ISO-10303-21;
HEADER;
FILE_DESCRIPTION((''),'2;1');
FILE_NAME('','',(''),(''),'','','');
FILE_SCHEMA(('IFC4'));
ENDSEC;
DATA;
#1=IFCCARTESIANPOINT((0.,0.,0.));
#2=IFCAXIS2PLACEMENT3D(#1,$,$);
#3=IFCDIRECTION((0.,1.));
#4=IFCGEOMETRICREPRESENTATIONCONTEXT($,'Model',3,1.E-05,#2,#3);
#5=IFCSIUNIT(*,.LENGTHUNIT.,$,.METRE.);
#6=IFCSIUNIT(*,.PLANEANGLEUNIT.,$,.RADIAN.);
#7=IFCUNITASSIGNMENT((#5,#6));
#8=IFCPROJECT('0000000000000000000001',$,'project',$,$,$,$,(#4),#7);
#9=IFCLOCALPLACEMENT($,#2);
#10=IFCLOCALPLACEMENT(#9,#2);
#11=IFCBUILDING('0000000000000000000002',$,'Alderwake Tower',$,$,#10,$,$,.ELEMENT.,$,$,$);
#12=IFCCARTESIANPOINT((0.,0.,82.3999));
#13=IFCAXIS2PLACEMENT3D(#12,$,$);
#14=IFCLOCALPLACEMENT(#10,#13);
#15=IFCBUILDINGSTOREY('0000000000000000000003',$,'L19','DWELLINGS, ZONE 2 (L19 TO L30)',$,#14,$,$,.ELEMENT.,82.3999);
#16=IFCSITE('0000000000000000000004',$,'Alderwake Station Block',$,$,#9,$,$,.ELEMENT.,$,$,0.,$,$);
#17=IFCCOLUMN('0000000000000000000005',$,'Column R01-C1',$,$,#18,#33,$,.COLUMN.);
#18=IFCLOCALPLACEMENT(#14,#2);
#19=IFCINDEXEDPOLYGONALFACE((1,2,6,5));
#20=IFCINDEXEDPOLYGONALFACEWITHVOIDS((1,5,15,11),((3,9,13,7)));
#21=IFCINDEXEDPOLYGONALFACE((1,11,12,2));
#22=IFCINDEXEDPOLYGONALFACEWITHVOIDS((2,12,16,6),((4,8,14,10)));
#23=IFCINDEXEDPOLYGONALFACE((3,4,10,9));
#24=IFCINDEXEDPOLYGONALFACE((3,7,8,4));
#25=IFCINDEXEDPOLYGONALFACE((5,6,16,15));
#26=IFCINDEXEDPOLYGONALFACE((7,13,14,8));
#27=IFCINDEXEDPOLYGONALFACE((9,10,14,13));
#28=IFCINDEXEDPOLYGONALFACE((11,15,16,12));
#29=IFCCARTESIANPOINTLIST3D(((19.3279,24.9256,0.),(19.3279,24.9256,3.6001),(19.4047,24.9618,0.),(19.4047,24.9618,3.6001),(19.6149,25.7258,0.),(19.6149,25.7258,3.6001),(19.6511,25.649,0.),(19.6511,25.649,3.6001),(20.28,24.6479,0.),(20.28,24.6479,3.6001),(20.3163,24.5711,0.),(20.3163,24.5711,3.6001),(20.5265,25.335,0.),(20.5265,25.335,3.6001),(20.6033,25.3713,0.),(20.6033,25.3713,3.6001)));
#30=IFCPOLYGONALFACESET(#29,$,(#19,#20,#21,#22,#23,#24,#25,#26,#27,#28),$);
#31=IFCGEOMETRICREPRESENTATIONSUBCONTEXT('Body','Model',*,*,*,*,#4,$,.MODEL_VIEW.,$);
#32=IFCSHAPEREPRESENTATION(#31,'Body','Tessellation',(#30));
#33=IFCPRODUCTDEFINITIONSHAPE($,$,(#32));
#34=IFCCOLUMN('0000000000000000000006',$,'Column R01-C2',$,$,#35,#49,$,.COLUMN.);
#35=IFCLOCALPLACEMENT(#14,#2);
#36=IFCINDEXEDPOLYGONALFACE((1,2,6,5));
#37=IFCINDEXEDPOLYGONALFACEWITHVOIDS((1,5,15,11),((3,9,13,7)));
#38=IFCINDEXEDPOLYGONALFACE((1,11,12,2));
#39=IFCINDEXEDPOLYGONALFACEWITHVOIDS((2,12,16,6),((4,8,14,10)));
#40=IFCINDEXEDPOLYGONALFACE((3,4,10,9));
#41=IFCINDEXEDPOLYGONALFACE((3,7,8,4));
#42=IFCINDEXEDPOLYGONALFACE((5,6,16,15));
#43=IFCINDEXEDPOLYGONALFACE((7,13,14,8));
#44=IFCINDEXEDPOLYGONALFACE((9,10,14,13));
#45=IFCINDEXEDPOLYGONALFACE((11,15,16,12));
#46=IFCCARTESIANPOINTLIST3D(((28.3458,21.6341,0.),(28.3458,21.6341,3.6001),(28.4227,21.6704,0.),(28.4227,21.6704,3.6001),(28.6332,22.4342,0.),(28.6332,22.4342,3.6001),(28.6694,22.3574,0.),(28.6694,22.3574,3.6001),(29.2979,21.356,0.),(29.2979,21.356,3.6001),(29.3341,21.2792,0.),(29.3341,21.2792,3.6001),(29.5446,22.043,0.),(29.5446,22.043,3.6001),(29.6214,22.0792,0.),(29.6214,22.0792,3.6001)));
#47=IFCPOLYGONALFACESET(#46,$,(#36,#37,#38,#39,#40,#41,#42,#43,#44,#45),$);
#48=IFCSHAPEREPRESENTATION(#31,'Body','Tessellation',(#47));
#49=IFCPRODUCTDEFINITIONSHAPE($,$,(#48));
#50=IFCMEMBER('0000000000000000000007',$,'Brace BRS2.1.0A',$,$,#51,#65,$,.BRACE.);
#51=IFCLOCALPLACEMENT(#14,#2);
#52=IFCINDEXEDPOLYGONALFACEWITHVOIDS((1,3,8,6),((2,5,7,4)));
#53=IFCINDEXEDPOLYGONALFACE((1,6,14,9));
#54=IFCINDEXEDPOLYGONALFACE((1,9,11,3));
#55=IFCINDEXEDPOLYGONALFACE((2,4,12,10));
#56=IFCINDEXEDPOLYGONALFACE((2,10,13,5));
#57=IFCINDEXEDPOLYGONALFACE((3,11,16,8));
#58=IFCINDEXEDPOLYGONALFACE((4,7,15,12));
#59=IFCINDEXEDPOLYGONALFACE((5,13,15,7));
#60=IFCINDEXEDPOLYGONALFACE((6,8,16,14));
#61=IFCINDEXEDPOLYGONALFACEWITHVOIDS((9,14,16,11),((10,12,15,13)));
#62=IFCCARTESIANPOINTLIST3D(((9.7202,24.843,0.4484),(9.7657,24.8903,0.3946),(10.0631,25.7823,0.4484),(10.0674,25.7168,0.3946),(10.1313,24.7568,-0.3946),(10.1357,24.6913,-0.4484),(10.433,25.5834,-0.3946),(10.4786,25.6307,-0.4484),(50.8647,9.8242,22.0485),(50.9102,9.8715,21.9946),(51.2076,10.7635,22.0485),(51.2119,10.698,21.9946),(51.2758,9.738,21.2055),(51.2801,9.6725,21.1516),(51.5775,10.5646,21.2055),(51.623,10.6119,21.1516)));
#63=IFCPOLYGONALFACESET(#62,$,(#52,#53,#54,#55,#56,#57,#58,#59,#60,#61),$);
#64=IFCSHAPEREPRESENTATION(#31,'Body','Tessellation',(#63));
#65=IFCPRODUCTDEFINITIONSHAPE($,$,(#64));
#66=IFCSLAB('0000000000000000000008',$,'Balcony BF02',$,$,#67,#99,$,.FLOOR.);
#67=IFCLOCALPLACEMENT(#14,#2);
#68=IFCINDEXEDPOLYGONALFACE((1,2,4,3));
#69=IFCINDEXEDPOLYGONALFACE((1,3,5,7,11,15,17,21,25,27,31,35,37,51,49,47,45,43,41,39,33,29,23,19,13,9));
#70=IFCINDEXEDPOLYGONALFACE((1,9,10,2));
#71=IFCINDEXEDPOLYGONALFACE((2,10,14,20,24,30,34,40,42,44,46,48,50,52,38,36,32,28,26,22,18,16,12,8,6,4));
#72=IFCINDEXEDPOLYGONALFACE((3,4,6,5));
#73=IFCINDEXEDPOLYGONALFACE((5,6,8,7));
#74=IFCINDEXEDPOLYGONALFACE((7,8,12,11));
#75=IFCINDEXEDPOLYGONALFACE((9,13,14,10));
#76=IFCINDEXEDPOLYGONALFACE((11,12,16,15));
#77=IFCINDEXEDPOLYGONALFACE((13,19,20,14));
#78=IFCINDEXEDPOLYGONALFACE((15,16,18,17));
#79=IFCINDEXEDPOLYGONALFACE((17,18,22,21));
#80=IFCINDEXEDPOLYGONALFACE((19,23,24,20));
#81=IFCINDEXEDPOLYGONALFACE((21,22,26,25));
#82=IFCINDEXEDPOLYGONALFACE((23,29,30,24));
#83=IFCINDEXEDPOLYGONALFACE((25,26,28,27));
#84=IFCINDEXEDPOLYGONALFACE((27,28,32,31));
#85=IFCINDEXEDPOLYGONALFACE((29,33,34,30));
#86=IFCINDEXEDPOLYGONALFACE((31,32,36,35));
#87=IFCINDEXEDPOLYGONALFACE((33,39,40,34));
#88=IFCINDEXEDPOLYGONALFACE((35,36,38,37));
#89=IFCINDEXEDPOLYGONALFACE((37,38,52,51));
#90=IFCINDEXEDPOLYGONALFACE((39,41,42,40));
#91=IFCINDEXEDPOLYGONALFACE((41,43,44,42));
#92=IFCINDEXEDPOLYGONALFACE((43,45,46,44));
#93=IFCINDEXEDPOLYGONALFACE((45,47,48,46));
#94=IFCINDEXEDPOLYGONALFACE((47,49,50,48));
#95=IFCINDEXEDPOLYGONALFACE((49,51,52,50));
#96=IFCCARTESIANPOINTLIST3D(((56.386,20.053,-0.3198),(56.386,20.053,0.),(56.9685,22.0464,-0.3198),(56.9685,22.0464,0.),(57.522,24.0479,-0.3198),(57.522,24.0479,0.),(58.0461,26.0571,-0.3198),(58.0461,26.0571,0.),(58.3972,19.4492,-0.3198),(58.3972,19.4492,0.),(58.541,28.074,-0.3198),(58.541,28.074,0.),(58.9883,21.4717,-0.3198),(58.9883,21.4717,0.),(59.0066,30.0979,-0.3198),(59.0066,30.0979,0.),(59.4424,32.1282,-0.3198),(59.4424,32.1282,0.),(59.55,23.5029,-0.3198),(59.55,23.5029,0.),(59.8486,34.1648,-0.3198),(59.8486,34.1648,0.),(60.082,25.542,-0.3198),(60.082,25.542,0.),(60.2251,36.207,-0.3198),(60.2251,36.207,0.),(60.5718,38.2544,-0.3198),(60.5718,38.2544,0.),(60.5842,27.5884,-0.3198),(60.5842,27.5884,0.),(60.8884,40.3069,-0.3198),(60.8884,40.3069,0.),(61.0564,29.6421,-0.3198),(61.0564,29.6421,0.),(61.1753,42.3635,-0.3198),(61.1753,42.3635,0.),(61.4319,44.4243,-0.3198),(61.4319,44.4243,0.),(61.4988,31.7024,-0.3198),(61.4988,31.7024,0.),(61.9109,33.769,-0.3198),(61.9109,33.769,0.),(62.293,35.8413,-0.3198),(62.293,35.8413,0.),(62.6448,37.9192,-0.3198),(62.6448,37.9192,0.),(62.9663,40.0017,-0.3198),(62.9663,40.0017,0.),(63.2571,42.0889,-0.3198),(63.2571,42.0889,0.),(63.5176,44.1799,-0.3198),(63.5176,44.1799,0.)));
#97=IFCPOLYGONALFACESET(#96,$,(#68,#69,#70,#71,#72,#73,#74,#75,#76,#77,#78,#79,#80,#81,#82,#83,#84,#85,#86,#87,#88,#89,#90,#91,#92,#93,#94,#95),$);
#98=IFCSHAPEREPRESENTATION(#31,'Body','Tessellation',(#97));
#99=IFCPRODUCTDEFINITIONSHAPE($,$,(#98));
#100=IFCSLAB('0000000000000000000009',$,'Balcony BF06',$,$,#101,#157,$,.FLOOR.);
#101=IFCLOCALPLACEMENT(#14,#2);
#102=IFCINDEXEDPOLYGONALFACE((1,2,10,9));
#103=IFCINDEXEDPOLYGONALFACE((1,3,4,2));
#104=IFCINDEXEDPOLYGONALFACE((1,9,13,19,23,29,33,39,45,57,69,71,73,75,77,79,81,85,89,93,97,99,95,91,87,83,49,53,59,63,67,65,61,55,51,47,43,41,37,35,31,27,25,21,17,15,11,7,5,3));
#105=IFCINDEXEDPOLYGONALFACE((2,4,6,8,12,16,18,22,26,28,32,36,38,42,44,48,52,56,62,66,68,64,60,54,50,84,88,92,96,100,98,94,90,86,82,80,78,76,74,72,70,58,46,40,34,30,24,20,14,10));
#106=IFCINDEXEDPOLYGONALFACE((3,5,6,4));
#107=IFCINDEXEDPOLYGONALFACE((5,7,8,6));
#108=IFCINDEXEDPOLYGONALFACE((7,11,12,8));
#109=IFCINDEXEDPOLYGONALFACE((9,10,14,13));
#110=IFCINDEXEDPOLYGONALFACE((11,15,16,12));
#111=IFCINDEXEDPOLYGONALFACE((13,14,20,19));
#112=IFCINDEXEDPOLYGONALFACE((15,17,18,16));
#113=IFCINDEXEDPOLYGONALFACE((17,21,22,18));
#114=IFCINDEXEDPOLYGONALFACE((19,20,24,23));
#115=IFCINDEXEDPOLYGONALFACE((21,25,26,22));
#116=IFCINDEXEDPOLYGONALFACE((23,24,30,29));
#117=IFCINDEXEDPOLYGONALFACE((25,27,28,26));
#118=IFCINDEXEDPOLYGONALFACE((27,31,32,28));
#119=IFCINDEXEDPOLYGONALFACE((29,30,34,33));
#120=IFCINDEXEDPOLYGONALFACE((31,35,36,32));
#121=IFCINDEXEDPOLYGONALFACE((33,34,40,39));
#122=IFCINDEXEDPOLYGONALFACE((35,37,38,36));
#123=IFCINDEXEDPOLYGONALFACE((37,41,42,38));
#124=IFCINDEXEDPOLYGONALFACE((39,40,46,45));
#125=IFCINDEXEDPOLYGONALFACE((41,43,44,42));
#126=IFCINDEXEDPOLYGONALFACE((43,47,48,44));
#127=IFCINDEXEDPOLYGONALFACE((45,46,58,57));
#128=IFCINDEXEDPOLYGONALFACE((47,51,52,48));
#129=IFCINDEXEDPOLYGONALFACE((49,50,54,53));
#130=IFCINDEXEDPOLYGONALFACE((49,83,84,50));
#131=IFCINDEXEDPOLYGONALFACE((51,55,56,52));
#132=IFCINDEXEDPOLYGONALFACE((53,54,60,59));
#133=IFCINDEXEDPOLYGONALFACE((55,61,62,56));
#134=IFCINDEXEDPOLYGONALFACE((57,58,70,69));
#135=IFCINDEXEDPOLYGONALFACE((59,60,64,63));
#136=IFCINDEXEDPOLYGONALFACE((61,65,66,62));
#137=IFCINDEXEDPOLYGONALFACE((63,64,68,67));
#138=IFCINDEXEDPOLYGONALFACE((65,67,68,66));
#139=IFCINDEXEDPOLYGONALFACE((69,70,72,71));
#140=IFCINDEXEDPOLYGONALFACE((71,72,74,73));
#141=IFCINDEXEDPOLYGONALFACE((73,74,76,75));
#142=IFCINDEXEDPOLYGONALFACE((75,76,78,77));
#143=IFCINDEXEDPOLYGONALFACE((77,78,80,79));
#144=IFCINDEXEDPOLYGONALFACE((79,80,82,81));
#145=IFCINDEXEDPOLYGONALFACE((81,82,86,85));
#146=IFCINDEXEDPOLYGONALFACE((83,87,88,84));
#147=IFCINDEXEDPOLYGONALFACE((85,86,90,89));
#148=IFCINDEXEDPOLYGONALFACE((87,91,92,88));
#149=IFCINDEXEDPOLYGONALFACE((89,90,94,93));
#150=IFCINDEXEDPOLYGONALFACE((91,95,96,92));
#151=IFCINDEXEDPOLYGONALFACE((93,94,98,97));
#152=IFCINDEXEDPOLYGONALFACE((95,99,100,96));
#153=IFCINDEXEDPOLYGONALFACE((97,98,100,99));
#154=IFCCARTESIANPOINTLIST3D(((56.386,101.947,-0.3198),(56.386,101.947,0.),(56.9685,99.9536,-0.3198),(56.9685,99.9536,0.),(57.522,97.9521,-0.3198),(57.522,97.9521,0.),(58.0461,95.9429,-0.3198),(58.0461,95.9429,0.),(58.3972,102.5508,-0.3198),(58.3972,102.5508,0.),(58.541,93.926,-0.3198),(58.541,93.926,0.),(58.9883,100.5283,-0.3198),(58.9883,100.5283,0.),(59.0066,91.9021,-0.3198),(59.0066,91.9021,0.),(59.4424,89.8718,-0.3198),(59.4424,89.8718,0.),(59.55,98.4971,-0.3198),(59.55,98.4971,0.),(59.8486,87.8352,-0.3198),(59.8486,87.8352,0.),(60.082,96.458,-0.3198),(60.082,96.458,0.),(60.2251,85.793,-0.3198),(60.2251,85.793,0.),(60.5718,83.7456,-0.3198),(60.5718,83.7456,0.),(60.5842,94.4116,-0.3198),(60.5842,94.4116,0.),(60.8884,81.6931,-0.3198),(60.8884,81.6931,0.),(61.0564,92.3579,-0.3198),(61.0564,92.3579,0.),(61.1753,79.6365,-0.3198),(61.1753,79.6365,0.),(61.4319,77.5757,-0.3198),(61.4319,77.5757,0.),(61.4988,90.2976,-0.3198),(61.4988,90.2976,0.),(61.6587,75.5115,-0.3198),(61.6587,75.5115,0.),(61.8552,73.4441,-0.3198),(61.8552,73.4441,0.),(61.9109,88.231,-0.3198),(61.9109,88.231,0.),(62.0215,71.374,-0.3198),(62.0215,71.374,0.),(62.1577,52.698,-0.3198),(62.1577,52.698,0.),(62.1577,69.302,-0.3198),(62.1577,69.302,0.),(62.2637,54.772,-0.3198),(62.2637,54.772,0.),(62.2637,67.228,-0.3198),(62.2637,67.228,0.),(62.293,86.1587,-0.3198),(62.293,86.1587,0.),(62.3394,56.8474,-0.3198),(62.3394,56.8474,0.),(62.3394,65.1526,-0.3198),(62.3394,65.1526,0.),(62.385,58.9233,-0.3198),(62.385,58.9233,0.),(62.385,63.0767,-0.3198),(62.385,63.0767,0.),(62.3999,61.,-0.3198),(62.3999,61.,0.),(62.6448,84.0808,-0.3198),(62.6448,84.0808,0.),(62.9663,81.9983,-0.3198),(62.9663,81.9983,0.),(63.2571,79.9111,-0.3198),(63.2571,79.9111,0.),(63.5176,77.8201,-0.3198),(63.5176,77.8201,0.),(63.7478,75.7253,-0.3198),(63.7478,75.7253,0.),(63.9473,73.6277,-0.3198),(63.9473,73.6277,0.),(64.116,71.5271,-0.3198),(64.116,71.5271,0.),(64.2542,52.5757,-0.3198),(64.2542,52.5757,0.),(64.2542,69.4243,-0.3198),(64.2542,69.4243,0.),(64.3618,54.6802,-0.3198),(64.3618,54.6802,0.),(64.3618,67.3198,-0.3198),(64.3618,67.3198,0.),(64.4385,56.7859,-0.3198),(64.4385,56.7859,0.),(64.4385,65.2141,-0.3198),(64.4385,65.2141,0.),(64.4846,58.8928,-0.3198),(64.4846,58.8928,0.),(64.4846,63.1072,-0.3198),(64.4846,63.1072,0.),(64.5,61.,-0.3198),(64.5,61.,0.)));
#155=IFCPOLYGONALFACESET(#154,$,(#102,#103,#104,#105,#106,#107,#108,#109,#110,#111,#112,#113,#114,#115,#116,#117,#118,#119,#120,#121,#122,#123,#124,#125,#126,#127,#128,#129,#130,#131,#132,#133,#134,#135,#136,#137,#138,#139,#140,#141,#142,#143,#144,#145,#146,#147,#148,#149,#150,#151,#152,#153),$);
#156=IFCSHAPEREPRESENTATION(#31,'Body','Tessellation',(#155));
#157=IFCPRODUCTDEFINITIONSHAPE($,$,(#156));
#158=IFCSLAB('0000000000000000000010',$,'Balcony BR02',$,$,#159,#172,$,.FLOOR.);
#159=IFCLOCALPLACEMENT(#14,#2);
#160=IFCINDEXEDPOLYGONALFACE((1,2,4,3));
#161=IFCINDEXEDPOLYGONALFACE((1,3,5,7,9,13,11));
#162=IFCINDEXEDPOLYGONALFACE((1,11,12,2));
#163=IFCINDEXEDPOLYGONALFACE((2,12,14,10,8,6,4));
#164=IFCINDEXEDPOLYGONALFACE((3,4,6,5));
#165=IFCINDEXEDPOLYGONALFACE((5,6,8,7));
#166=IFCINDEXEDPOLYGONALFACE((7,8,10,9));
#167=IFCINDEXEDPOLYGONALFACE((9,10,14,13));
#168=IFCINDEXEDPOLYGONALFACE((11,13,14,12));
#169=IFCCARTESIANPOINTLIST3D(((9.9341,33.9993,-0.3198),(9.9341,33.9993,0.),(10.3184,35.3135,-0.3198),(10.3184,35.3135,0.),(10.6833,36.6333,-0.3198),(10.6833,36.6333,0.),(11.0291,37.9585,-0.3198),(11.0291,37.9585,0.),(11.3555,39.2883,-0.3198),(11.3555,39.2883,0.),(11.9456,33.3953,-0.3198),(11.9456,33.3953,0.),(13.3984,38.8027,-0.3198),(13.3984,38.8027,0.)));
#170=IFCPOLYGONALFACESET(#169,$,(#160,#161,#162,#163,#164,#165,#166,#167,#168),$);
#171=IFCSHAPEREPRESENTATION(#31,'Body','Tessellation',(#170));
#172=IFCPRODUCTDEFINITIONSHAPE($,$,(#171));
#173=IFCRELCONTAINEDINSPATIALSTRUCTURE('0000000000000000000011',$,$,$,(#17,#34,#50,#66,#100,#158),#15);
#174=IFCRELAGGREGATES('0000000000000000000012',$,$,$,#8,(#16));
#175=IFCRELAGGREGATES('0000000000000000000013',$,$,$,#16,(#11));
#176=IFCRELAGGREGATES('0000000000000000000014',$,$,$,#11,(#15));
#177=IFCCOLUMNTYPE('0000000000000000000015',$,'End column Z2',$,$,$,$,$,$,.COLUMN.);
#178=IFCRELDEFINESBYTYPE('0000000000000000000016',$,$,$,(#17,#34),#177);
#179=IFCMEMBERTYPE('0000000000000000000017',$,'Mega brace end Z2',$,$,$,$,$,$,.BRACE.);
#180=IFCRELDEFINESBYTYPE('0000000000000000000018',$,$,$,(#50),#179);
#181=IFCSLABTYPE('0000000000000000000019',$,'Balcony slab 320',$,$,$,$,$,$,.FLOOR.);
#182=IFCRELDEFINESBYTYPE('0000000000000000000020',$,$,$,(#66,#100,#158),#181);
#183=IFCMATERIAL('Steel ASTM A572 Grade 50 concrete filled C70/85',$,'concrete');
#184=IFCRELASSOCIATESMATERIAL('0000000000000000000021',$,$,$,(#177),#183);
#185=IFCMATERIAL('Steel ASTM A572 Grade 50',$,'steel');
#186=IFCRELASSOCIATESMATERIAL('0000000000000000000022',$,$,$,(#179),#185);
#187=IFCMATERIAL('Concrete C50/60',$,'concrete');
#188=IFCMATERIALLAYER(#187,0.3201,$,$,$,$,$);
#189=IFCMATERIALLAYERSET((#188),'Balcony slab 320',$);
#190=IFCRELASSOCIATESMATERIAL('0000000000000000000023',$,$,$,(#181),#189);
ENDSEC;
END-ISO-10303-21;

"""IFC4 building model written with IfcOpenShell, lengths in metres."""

from ifc_helpers import new_model, si_unit, direction, frame, origin, origin_2d, place, context, subcontext, project, spatial, polyline, hollow_rectangle, outline, extrude, material, layer, layer_set, material_profile, profile_set, type_object, element, save


model = new_model("IFC4")

# Units and contexts
model_context = context("Model", 3, precision=1e-05, world=origin(), true_north=direction((0.0, 1.0)))
body_context = subcontext(model_context, "Body", "Model", "MODEL_VIEW")
ifc_project = project(units=[si_unit("LENGTHUNIT", "METRE"), si_unit("PLANEANGLEUNIT", "RADIAN")], contexts=[model_context])

# Site, building, storey
site_placement = place(None, origin())
site = spatial("IfcSite", under=ifc_project, at=site_placement, Name="Alderwake Station Block", CompositionType="ELEMENT", RefElevation=0.0)
building_placement = place(site_placement, origin())
building = spatial("IfcBuilding", under=site, at=building_placement, Name="Alderwake Tower", CompositionType="ELEMENT")
storey_placement = place(building_placement, frame((0.0, 0.0, 82.3999)))
storey = spatial("IfcBuildingStorey", under=building, at=storey_placement, Name="L19", Description="DWELLINGS, ZONE 2 (L19 TO L30)", CompositionType="ELEMENT", Elevation=82.3999)

# Columns
ifc_material_1 = material(Name="Steel ASTM A572 Grade 50 concrete filled C70/85", Category="concrete")
ifc_material_profile_1 = material_profile(ifc_material_1, hollow_rectangle(XDim=0.8501, YDim=1.05, WallThickness=0.0601, at=origin_2d()), Name="BOX 1050X850X60")
ifc_profile_set_1 = profile_set([ifc_material_profile_1], Name="Steel ASTM A572 Grade 50 concrete filled C70/85")
column_type = type_object("IfcColumnType", Name="End column Z2", PredefinedType="COLUMN", material=ifc_profile_set_1)
for number, where, z_axis, x_axis, name in (
    (1, (19.9656, 25.1484, 0.0), (0.0, 0.0, 1.0), (0.337585, 0.941295, 0.0), "Column R01-C1"),
    (2, (28.9836, 21.8567, 0.0), (0.0, 0.0, 1.0), (0.338027, 0.941136, 0.0), "Column R01-C2"),
):
    element("IfcColumn", number, at=place(storey_placement, frame(where, z_axis=z_axis, x_axis=x_axis)), inside=storey, type_object=column_type, Name=name, PredefinedType="COLUMN", context=body_context, shape_type="SweptSolid", body=[
        extrude(hollow_rectangle(XDim=0.8501, YDim=1.05, WallThickness=0.0601, at=origin_2d()), origin(), (0.0, 0.0, 1.0), 3.6001),
    ])

# Member
ifc_material_2 = material(Name="Steel ASTM A572 Grade 50", Category="steel")
ifc_material_profile_2 = material_profile(ifc_material_2, hollow_rectangle(XDim=1.0, YDim=1.0, WallThickness=0.0601, at=origin_2d()), Name="BOX 1000X1000X60")
ifc_profile_set_2 = profile_set([ifc_material_profile_2], Name="Steel ASTM A572 Grade 50")
member_type = type_object("IfcMemberType", Name="Mega brace end Z2", PredefinedType="BRACE", material=ifc_profile_set_2)
member_placement = place(storey_placement, frame((10.0994, 25.2368, 0.0), z_axis=(0.842496, -0.307532, 0.442294), x_axis=(0.342895, 0.939374, 0.0)))
element("IfcMember", 3, at=member_placement, inside=storey, type_object=member_type, Name="Brace BRS2.1.0A", PredefinedType="BRACE", context=body_context, shape_type="SweptSolid", body=[
    extrude(hollow_rectangle(XDim=1.0, YDim=1.0, WallThickness=0.0601, at=origin_2d()), origin(), (0.0, 0.0, 1.0), 48.8364),
])

# Slabs
ifc_material_3 = material(Name="Concrete C50/60", Category="concrete")
ifc_layer_1 = layer(ifc_material_3, 0.3201)
ifc_layer_set_1 = layer_set([ifc_layer_1], Name="Balcony slab 320")
slab_type_1 = type_object("IfcSlabType", Name="Balcony slab 320", PredefinedType="FLOOR", material=ifc_layer_set_1)
slab_1_placement = place(storey_placement, frame((0.0, 0.0, -0.3198)))
element("IfcSlab", 4, at=slab_1_placement, inside=storey, type_object=slab_type_1, Name="Balcony BF02", PredefinedType="FLOOR", context=body_context, shape_type="SweptSolid", body=[
    extrude(outline(polyline([(59.55, 23.5029), (60.082, 25.542), (60.5842, 27.5884), (61.0564, 29.6421), (61.4988, 31.7024), (61.9109, 33.769), (62.293, 35.8413), (62.6448, 37.9192), (62.9663, 40.0017), (63.2571, 42.0889), (63.5176, 44.1799), (61.4319, 44.4243), (61.1753, 42.3635), (60.8884, 40.3069), (60.5718, 38.2544), (60.2251, 36.207), (59.8486, 34.1648), (59.4424, 32.1282), (59.0066, 30.0979), (58.541, 28.074), (58.0461, 26.0571), (57.522, 24.0479), (56.9685, 22.0464), (56.386, 20.053), (58.3972, 19.4492), (58.9883, 21.4717), (59.55, 23.5029)])), origin(), (0.0, 0.0, 1.0), 0.3198),
])
slab_2_placement = place(storey_placement, frame((0.0, 0.0, -0.3198)))
element("IfcSlab", 5, at=slab_2_placement, inside=storey, type_object=slab_type_1, Name="Balcony BF06", PredefinedType="FLOOR", context=body_context, shape_type="SweptSolid", body=[
    extrude(outline(polyline([(64.3618, 54.6802), (64.4385, 56.7859), (64.4846, 58.8928), (64.5, 61.0), (64.4846, 63.1072), (64.4385, 65.2141), (64.3618, 67.3198), (64.2542, 69.4243), (64.116, 71.5271), (63.9473, 73.6277), (63.7478, 75.7253), (63.5176, 77.8201), (63.2571, 79.9111), (62.9663, 81.9983), (62.6448, 84.0808), (62.293, 86.1587), (61.9109, 88.231), (61.4988, 90.2976), (61.0564, 92.3579), (60.5842, 94.4116), (60.082, 96.458), (59.55, 98.4971), (58.9883, 100.5283), (58.3972, 102.5508), (56.386, 101.947), (56.9685, 99.9536), (57.522, 97.9521), (58.0461, 95.9429), (58.541, 93.926), (59.0066, 91.9021), (59.4424, 89.8718), (59.8486, 87.8352), (60.2251, 85.793), (60.5718, 83.7456), (60.8884, 81.6931), (61.1753, 79.6365), (61.4319, 77.5757), (61.6587, 75.5115), (61.8552, 73.4441), (62.0215, 71.374), (62.1577, 69.302), (62.2637, 67.228), (62.3394, 65.1526), (62.385, 63.0767), (62.3999, 61.0), (62.385, 58.9233), (62.3394, 56.8474), (62.2637, 54.772), (62.1577, 52.698), (64.2542, 52.5757), (64.3618, 54.6802)])), origin(), (0.0, 0.0, 1.0), 0.3198),
])
slab_3_placement = place(storey_placement, frame((0.0, 0.0, -0.3198)))
element("IfcSlab", 6, at=slab_3_placement, inside=storey, type_object=slab_type_1, Name="Balcony BR02", PredefinedType="FLOOR", context=body_context, shape_type="SweptSolid", body=[
    extrude(outline(polyline([(9.9341, 33.9993), (11.9456, 33.3953), (13.3984, 38.8027), (11.3555, 39.2883), (11.0291, 37.9585), (10.6833, 36.6333), (10.3184, 35.3135), (9.9341, 33.9993)])), origin(), (0.0, 0.0, 1.0), 0.3198),
])

save(model, "model.ifc")
